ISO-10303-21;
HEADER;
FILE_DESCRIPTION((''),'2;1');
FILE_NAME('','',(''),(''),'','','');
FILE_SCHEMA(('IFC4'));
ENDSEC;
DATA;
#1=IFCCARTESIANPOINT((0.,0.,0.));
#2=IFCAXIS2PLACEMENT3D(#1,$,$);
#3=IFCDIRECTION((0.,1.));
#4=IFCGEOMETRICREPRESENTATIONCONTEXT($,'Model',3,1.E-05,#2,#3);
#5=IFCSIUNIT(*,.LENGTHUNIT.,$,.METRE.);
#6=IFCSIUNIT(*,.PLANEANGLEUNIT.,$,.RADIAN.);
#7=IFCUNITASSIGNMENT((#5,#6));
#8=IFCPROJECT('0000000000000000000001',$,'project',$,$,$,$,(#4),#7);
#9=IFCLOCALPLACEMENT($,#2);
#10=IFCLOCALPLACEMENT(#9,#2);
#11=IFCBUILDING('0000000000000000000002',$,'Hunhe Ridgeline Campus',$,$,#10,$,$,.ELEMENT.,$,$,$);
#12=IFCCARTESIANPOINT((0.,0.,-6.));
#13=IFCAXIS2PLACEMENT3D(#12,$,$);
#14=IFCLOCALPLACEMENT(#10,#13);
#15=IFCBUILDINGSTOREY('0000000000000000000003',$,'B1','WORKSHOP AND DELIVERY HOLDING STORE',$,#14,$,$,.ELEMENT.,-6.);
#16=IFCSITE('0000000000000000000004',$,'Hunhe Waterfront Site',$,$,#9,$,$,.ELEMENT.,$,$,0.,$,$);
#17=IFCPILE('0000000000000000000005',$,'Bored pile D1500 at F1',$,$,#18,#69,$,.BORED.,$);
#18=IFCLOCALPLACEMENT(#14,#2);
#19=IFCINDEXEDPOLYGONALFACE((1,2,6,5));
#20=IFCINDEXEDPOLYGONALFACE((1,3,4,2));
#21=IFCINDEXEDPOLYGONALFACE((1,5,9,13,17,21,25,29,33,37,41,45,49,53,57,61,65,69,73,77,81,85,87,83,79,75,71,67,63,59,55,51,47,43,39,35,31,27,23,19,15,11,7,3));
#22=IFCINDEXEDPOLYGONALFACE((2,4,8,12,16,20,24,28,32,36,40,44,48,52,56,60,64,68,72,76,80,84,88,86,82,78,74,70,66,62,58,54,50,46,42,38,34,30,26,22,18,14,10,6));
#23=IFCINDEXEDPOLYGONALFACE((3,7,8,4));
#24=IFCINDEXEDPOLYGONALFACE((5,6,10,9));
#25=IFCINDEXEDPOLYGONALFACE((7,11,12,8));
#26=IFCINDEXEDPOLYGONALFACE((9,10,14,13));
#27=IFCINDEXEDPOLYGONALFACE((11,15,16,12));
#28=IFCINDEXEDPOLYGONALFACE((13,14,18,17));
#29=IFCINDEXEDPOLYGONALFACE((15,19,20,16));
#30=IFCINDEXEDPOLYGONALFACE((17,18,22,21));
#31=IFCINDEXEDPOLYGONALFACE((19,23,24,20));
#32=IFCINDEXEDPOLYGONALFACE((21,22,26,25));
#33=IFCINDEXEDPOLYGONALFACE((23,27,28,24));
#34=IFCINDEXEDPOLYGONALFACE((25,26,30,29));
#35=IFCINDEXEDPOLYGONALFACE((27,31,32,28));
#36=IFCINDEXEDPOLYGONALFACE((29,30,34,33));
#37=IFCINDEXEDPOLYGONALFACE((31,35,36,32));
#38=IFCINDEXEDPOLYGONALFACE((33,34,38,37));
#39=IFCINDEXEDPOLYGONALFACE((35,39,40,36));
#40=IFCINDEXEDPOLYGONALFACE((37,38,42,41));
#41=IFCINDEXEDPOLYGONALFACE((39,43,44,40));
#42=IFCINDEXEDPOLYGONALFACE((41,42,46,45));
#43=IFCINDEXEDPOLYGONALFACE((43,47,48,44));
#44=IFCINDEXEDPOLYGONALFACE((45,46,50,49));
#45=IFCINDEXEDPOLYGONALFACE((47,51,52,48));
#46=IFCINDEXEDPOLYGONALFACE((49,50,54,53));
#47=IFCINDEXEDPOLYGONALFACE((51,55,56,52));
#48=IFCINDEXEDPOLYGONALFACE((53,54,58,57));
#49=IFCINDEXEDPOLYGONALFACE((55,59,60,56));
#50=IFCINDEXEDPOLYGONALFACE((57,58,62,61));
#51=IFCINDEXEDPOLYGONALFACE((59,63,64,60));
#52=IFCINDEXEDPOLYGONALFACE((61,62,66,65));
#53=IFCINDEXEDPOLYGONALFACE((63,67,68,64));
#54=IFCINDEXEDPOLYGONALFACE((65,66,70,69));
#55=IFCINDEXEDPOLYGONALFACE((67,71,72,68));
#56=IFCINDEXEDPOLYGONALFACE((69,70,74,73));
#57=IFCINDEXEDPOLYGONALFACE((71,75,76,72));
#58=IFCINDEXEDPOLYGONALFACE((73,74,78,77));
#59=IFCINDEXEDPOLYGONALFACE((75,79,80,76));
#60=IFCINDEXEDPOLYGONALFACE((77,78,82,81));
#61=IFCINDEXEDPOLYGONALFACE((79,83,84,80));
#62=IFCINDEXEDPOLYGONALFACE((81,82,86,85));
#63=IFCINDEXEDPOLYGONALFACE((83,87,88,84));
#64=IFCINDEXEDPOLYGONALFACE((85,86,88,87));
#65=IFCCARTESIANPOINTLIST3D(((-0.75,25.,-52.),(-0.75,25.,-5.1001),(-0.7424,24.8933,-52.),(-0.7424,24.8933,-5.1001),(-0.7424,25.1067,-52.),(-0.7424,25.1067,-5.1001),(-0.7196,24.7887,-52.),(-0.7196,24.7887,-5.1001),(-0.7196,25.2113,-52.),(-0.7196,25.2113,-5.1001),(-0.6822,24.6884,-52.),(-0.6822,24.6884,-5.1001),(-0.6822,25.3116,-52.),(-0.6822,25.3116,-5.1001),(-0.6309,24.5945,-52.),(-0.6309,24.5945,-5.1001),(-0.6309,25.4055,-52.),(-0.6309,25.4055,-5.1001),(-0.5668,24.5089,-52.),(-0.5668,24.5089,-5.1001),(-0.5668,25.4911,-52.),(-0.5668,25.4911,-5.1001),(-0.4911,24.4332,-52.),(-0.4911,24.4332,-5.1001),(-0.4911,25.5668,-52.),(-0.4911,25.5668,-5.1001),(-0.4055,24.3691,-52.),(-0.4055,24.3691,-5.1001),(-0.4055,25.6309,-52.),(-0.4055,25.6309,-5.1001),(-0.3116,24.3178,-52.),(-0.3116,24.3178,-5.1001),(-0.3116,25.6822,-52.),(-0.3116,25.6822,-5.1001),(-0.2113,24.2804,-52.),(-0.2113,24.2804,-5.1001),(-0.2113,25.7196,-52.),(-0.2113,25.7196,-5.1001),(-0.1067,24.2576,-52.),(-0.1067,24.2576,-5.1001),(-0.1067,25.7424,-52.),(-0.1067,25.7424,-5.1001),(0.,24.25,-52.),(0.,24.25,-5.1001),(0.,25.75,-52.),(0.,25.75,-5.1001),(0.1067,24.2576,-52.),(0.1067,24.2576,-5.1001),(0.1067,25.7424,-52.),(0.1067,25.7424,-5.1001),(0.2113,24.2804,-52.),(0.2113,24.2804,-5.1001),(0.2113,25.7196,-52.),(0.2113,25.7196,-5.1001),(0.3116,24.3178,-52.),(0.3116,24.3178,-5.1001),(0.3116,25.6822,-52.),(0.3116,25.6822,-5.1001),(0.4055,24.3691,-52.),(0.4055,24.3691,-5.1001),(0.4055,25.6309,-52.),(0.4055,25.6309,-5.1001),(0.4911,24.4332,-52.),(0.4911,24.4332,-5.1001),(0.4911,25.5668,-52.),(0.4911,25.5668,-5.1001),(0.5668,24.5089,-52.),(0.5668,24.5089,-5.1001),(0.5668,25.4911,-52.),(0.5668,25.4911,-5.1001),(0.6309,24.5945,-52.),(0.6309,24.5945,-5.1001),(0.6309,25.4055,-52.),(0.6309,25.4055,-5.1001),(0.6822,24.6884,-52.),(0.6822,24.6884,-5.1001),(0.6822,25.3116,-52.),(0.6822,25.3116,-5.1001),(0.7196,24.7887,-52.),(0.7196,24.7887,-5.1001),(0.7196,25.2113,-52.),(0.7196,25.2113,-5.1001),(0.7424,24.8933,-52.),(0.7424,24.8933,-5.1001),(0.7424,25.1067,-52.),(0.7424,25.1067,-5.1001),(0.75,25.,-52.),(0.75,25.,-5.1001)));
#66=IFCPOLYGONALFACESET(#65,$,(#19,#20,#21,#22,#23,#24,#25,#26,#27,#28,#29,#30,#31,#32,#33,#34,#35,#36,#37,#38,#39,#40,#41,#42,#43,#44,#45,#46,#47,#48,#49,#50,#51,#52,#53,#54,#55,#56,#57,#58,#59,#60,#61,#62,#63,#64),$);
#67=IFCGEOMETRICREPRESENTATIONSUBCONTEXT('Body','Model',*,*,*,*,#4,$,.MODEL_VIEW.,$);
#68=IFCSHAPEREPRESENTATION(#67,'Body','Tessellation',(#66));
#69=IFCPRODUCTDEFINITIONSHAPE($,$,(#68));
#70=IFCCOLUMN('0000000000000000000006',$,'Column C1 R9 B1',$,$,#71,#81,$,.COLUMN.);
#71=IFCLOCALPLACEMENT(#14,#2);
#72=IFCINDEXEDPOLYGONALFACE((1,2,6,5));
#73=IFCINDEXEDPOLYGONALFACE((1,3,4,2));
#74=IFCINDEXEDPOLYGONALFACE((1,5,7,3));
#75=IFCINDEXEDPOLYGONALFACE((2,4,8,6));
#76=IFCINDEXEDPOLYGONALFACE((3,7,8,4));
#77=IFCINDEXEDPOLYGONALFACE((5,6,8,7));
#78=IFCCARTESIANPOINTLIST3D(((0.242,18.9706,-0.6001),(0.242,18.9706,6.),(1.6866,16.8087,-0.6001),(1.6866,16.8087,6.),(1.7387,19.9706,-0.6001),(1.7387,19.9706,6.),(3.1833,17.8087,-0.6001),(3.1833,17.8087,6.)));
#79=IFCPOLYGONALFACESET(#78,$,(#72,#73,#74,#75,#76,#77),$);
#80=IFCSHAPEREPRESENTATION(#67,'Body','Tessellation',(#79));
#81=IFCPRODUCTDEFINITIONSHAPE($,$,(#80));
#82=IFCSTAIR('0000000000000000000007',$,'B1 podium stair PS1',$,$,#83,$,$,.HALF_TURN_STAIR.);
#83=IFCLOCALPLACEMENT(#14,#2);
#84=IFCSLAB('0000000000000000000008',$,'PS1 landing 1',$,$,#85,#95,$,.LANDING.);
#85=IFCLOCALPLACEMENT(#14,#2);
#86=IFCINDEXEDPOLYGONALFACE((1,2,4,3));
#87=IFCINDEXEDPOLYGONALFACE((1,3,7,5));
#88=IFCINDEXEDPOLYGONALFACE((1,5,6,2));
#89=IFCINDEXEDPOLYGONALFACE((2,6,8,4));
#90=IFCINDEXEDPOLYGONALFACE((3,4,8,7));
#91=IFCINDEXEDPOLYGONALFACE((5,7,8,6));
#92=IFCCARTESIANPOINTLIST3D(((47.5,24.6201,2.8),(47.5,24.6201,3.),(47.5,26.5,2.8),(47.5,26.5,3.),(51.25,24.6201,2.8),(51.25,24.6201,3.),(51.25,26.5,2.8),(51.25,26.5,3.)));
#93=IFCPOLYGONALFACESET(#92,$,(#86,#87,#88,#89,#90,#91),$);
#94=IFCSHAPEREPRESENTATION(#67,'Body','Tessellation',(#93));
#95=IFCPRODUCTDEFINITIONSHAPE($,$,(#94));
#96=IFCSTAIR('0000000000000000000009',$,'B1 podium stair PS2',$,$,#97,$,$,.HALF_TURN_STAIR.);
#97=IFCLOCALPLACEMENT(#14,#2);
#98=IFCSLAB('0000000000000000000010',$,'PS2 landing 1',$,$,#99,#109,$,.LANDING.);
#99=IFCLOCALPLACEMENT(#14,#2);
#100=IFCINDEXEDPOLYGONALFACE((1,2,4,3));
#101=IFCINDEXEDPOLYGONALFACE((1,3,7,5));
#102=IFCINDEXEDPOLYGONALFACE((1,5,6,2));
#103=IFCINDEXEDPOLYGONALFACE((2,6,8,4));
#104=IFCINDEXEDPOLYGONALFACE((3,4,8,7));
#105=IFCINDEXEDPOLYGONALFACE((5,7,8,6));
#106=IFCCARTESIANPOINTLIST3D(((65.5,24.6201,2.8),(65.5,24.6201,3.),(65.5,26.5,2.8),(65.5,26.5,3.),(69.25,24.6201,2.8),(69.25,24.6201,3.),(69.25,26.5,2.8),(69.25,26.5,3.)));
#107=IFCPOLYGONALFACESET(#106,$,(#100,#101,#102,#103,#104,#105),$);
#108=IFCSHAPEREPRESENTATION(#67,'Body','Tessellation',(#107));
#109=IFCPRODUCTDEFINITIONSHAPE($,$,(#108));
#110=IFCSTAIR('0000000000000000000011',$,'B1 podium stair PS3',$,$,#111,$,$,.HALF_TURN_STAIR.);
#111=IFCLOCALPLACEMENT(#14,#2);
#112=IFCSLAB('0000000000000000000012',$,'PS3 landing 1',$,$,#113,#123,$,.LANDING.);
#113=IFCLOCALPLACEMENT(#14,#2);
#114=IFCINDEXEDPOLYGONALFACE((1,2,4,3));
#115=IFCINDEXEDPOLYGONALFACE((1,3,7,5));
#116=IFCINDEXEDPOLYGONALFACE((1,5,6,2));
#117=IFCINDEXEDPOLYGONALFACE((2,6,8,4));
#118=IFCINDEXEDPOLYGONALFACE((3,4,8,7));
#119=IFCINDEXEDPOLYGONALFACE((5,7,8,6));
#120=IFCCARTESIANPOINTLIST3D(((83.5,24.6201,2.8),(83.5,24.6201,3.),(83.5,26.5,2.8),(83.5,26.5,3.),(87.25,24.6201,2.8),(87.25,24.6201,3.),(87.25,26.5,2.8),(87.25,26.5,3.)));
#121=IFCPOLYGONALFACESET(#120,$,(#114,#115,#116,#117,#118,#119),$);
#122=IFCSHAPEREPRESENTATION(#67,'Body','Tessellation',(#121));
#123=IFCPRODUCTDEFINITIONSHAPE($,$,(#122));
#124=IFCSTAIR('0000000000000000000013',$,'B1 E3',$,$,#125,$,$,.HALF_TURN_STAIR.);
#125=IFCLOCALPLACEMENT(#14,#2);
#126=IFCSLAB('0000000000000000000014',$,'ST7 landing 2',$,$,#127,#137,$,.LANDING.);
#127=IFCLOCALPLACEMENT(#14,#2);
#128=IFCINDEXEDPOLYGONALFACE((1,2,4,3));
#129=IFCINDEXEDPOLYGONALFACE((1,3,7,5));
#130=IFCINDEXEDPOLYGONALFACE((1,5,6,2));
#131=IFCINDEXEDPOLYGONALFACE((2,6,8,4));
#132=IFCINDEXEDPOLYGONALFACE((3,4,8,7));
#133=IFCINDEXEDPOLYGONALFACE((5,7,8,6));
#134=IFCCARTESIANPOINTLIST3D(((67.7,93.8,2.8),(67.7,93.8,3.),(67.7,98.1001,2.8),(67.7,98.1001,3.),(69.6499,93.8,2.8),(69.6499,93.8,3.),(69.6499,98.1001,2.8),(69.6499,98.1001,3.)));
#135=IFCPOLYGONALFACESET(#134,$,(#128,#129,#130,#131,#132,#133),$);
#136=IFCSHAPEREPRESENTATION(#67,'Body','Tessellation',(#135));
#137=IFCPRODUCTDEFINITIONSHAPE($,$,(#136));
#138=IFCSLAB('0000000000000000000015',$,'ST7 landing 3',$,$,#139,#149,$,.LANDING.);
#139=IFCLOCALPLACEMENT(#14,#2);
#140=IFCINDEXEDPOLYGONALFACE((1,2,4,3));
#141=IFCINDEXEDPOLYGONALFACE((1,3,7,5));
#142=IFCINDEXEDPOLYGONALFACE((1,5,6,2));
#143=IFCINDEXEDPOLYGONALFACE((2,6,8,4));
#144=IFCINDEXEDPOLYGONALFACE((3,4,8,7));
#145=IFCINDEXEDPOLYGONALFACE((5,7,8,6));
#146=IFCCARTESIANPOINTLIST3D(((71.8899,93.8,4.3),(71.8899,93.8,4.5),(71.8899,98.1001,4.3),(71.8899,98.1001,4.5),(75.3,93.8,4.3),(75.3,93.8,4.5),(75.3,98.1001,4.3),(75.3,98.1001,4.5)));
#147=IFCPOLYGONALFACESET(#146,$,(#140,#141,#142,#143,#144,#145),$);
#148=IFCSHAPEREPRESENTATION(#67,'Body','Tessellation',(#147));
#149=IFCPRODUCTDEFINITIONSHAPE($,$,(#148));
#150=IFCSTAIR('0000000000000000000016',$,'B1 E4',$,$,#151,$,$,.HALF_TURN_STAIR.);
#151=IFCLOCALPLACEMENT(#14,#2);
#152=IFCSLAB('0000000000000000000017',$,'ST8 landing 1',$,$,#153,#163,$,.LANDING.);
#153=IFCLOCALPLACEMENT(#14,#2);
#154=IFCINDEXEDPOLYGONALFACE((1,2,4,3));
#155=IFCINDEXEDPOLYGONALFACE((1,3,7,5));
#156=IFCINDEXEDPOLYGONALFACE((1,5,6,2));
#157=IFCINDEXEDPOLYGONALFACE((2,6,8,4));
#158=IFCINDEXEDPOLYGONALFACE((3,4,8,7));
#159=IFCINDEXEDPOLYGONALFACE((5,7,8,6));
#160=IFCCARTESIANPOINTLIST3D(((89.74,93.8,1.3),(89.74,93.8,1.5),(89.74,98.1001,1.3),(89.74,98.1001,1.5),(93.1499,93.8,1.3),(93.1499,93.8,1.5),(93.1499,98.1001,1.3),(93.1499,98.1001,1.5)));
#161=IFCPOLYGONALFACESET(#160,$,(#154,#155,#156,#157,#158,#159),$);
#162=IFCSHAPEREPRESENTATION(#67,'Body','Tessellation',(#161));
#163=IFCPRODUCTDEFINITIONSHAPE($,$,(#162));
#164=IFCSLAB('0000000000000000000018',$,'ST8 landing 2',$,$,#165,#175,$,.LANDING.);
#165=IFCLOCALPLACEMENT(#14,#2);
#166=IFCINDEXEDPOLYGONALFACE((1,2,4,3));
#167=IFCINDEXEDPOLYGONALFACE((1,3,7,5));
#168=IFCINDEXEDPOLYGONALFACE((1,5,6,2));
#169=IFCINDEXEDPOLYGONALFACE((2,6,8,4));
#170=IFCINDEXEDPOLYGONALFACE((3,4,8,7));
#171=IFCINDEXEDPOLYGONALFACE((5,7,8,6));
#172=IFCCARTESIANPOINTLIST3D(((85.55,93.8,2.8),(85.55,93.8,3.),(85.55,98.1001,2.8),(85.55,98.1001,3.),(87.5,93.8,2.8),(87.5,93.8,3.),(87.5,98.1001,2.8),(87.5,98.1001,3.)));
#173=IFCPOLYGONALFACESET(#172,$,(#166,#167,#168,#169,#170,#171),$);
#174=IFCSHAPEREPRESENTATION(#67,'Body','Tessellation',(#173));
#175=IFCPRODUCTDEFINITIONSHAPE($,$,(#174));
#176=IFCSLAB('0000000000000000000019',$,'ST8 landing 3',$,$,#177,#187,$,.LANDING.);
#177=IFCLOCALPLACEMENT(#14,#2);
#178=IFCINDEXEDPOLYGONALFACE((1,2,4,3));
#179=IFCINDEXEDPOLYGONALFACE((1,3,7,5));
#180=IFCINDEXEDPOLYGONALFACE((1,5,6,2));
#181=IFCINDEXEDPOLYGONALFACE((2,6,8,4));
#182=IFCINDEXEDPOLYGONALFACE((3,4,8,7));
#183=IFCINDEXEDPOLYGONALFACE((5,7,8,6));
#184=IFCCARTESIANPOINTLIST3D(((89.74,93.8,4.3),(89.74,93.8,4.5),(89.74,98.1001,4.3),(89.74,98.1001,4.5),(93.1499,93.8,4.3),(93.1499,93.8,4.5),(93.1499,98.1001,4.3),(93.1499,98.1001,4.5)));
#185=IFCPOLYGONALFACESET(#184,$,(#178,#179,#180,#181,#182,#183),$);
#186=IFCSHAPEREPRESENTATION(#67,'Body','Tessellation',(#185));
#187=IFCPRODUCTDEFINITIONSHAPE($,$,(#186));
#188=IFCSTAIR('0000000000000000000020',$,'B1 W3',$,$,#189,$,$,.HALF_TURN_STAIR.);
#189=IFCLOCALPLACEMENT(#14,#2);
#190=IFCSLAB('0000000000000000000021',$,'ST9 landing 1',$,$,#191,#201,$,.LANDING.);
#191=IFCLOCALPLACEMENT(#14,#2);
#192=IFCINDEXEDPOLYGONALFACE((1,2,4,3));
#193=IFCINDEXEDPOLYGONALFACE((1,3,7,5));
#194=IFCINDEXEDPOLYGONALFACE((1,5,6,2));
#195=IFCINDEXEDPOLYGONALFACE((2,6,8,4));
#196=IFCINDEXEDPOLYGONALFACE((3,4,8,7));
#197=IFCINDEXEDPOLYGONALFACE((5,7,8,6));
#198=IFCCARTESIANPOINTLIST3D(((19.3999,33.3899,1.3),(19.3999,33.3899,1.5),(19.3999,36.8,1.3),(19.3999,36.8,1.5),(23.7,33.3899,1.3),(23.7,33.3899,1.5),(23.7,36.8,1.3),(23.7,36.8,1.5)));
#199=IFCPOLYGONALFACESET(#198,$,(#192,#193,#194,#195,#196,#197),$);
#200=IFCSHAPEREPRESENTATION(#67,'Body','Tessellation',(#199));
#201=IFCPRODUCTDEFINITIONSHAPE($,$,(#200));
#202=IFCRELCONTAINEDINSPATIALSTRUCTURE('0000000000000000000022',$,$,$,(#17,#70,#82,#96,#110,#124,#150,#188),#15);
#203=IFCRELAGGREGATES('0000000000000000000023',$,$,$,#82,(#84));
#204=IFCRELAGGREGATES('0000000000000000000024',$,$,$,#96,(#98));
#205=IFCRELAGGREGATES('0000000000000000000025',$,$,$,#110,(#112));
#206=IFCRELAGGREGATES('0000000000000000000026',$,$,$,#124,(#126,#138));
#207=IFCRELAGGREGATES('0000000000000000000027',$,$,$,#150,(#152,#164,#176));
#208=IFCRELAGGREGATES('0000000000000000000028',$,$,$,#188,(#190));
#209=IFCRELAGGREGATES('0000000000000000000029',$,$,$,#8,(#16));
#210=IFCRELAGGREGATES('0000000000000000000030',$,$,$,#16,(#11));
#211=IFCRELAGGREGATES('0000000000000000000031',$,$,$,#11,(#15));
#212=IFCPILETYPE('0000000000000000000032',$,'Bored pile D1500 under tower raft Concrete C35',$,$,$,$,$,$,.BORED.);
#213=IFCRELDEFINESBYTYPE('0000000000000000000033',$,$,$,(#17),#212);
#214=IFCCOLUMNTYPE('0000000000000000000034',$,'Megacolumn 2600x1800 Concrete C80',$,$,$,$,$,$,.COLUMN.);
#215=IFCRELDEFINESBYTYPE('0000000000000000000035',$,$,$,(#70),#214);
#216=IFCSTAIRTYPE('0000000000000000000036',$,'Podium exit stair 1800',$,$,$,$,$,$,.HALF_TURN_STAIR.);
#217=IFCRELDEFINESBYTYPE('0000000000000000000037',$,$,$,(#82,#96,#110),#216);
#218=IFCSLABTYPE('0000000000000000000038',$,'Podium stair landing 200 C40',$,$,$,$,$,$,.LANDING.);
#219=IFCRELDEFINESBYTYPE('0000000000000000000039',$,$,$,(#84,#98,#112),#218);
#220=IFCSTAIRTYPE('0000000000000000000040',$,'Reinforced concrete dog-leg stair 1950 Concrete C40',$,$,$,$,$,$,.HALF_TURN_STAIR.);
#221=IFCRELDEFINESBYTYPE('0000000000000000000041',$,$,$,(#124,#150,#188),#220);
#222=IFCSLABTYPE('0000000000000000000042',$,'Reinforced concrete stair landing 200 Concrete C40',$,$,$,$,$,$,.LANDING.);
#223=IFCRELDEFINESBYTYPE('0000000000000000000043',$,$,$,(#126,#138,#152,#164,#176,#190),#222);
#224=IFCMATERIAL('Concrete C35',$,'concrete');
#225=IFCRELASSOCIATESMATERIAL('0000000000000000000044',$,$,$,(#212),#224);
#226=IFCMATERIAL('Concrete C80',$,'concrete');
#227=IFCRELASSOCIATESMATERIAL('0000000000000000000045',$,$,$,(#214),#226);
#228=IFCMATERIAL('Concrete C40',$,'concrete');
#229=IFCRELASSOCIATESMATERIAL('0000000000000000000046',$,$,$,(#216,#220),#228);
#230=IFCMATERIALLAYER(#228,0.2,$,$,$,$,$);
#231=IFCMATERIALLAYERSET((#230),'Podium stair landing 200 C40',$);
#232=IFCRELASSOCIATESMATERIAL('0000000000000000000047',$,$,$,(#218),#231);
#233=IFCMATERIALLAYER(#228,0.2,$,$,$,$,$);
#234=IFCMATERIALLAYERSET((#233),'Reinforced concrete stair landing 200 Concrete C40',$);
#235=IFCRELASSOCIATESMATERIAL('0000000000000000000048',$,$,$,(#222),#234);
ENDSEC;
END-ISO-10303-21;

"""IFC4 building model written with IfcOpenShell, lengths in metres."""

from ifc_helpers import new_model, si_unit, direction, frame, origin, origin_2d, place, context, subcontext, project, spatial, polyline, rectangle, circle, outline, extrude, material, layer, layer_set, material_profile, profile_set, type_object, element, aggregate, save


model = new_model("IFC4")

# Units and contexts
model_context = context("Model", 3, precision=1e-05, world=origin(), true_north=direction((0.0, 1.0)))
body_context = subcontext(model_context, "Body", "Model", "MODEL_VIEW")
ifc_project = project(units=[si_unit("LENGTHUNIT", "METRE"), si_unit("PLANEANGLEUNIT", "RADIAN")], contexts=[model_context])

# Site, building, storey
site_placement = place(None, origin())
site = spatial("IfcSite", under=ifc_project, at=site_placement, Name="Hunhe Waterfront Site", CompositionType="ELEMENT", RefElevation=0.0)
building_placement = place(site_placement, origin())
building = spatial("IfcBuilding", under=site, at=building_placement, Name="Hunhe Ridgeline Campus", CompositionType="ELEMENT")
storey_placement = place(building_placement, frame((0.0, 0.0, -6.0)))
storey = spatial("IfcBuildingStorey", under=building, at=storey_placement, Name="B1", Description="WORKSHOP AND DELIVERY HOLDING STORE", CompositionType="ELEMENT", Elevation=-6.0)

# Pile
ifc_material_1 = material(Name="Concrete C35", Category="concrete")
ifc_material_profile_1 = material_profile(ifc_material_1, circle(Radius=0.75, at=origin_2d()))
ifc_profile_set_1 = profile_set([ifc_material_profile_1], Name="Concrete C35")
pile_type = type_object("IfcPileType", Name="Bored pile D1500 under tower raft Concrete C35", PredefinedType="BORED", material=ifc_profile_set_1)
pile_placement = place(storey_placement, frame((0.0, 25.0, -5.1001), z_axis=(0.0, 0.0, -1.0), x_axis=(1.0, 0.0, 0.0)))
element("IfcPile", 1, at=pile_placement, inside=storey, type_object=pile_type, Name="Bored pile D1500 at F1", PredefinedType="BORED", context=body_context, shape_type="SweptSolid", body=[
    extrude(circle(Radius=0.75, at=origin_2d()), origin(), (0.0, 0.0, 1.0), 46.8999),
])

# Column
ifc_material_2 = material(Name="Concrete C80", Category="concrete")
ifc_material_profile_2 = material_profile(ifc_material_2, rectangle(XDim=2.6001, YDim=1.8, at=origin_2d()))
ifc_profile_set_2 = profile_set([ifc_material_profile_2], Name="Concrete C80")
column_type = type_object("IfcColumnType", Name="Megacolumn 2600x1800 Concrete C80", PredefinedType="COLUMN", material=ifc_profile_set_2)
column_placement = place(storey_placement, frame((1.7126, 18.3896, -0.6001), z_axis=(0.0, 0.0, 1.0), x_axis=(-0.55557, 0.83147, 0.0)))
element("IfcColumn", 2, at=column_placement, inside=storey, type_object=column_type, Name="Column C1 R9 B1", PredefinedType="COLUMN", context=body_context, shape_type="SweptSolid", body=[
    extrude(rectangle(XDim=2.6001, YDim=1.8, at=origin_2d()), origin(), (0.0, 0.0, 1.0), 6.6001),
])

# Stairs, slabs
ifc_material_3 = material(Name="Concrete C40", Category="concrete")
stair_type_1 = type_object("IfcStairType", Name="Podium exit stair 1800", PredefinedType="HALF_TURN_STAIR", material=ifc_material_3)
stair_1_placement = place(storey_placement, origin())
stair_1 = element("IfcStair", 3, at=stair_1_placement, inside=storey, type_object=stair_type_1, Name="B1 podium stair PS1", PredefinedType="HALF_TURN_STAIR")
ifc_layer_1 = layer(ifc_material_3, 0.2)
ifc_layer_set_1 = layer_set([ifc_layer_1], Name="Podium stair landing 200 C40")
slab_type_1 = type_object("IfcSlabType", Name="Podium stair landing 200 C40", PredefinedType="LANDING", material=ifc_layer_set_1)
slab_1_placement = place(storey_placement, frame((0.0, 0.0, 2.8)))
slab_1 = element("IfcSlab", 4, at=slab_1_placement, type_object=slab_type_1, Name="PS1 landing 1", PredefinedType="LANDING", context=body_context, shape_type="SweptSolid", body=[
    extrude(outline(polyline([(51.25, 24.6201), (51.25, 26.5), (47.5, 26.5), (47.5, 24.6201), (51.25, 24.6201)])), origin(), (0.0, 0.0, 1.0), 0.2),
])
aggregate(stair_1, [slab_1])
stair_2_placement = place(storey_placement, origin())
stair_2 = element("IfcStair", 5, at=stair_2_placement, inside=storey, type_object=stair_type_1, Name="B1 podium stair PS2", PredefinedType="HALF_TURN_STAIR")
slab_2_placement = place(storey_placement, frame((0.0, 0.0, 2.8)))
slab_2 = element("IfcSlab", 6, at=slab_2_placement, type_object=slab_type_1, Name="PS2 landing 1", PredefinedType="LANDING", context=body_context, shape_type="SweptSolid", body=[
    extrude(outline(polyline([(69.25, 24.6201), (69.25, 26.5), (65.5, 26.5), (65.5, 24.6201), (69.25, 24.6201)])), origin(), (0.0, 0.0, 1.0), 0.2),
])
aggregate(stair_2, [slab_2])
stair_3_placement = place(storey_placement, origin())
stair_3 = element("IfcStair", 7, at=stair_3_placement, inside=storey, type_object=stair_type_1, Name="B1 podium stair PS3", PredefinedType="HALF_TURN_STAIR")
slab_3_placement = place(storey_placement, frame((0.0, 0.0, 2.8)))
slab_3 = element("IfcSlab", 8, at=slab_3_placement, type_object=slab_type_1, Name="PS3 landing 1", PredefinedType="LANDING", context=body_context, shape_type="SweptSolid", body=[
    extrude(outline(polyline([(87.25, 24.6201), (87.25, 26.5), (83.5, 26.5), (83.5, 24.6201), (87.25, 24.6201)])), origin(), (0.0, 0.0, 1.0), 0.2),
])
aggregate(stair_3, [slab_3])

# Stairs, slabs
stair_type_2 = type_object("IfcStairType", Name="Reinforced concrete dog-leg stair 1950 Concrete C40", PredefinedType="HALF_TURN_STAIR", material=ifc_material_3)
stair_4_placement = place(storey_placement, origin())
stair_4 = element("IfcStair", 9, at=stair_4_placement, inside=storey, type_object=stair_type_2, Name="B1 E3", PredefinedType="HALF_TURN_STAIR")
ifc_layer_2 = layer(ifc_material_3, 0.2)
ifc_layer_set_2 = layer_set([ifc_layer_2], Name="Reinforced concrete stair landing 200 Concrete C40")
slab_type_2 = type_object("IfcSlabType", Name="Reinforced concrete stair landing 200 Concrete C40", PredefinedType="LANDING", material=ifc_layer_set_2)
slab_4_placement = place(storey_placement, frame((0.0, 0.0, 2.8)))
slab_4 = element("IfcSlab", 10, at=slab_4_placement, type_object=slab_type_2, Name="ST7 landing 2", PredefinedType="LANDING", context=body_context, shape_type="SweptSolid", body=[
    extrude(outline(polyline([(67.7, 93.8), (69.6499, 93.8), (69.6499, 98.1001), (67.7, 98.1001), (67.7, 93.8)])), origin(), (0.0, 0.0, 1.0), 0.2),
])
slab_5_placement = place(storey_placement, frame((0.0, 0.0, 4.3)))
slab_5 = element("IfcSlab", 11, at=slab_5_placement, type_object=slab_type_2, Name="ST7 landing 3", PredefinedType="LANDING", context=body_context, shape_type="SweptSolid", body=[
    extrude(outline(polyline([(71.8899, 93.8), (75.3, 93.8), (75.3, 98.1001), (71.8899, 98.1001), (71.8899, 93.8)])), origin(), (0.0, 0.0, 1.0), 0.2),
])
aggregate(stair_4, [slab_4, slab_5])
stair_5_placement = place(storey_placement, origin())
stair_5 = element("IfcStair", 12, at=stair_5_placement, inside=storey, type_object=stair_type_2, Name="B1 E4", PredefinedType="HALF_TURN_STAIR")
slab_6_placement = place(storey_placement, frame((0.0, 0.0, 1.3)))
slab_6 = element("IfcSlab", 13, at=slab_6_placement, type_object=slab_type_2, Name="ST8 landing 1", PredefinedType="LANDING", context=body_context, shape_type="SweptSolid", body=[
    extrude(outline(polyline([(89.74, 93.8), (93.1499, 93.8), (93.1499, 98.1001), (89.74, 98.1001), (89.74, 93.8)])), origin(), (0.0, 0.0, 1.0), 0.2),
])
slab_7_placement = place(storey_placement, frame((0.0, 0.0, 2.8)))
slab_7 = element("IfcSlab", 14, at=slab_7_placement, type_object=slab_type_2, Name="ST8 landing 2", PredefinedType="LANDING", context=body_context, shape_type="SweptSolid", body=[
    extrude(outline(polyline([(85.55, 93.8), (87.5, 93.8), (87.5, 98.1001), (85.55, 98.1001), (85.55, 93.8)])), origin(), (0.0, 0.0, 1.0), 0.2),
])
slab_8_placement = place(storey_placement, frame((0.0, 0.0, 4.3)))
slab_8 = element("IfcSlab", 15, at=slab_8_placement, type_object=slab_type_2, Name="ST8 landing 3", PredefinedType="LANDING", context=body_context, shape_type="SweptSolid", body=[
    extrude(outline(polyline([(89.74, 93.8), (93.1499, 93.8), (93.1499, 98.1001), (89.74, 98.1001), (89.74, 93.8)])), origin(), (0.0, 0.0, 1.0), 0.2),
])
aggregate(stair_5, [slab_6, slab_7, slab_8])
stair_6_placement = place(storey_placement, origin())
stair_6 = element("IfcStair", 16, at=stair_6_placement, inside=storey, type_object=stair_type_2, Name="B1 W3", PredefinedType="HALF_TURN_STAIR")
slab_9_placement = place(storey_placement, frame((0.0, 0.0, 1.3)))
slab_9 = element("IfcSlab", 17, at=slab_9_placement, type_object=slab_type_2, Name="ST9 landing 1", PredefinedType="LANDING", context=body_context, shape_type="SweptSolid", body=[
    extrude(outline(polyline([(23.7, 33.3899), (23.7, 36.8), (19.3999, 36.8), (19.3999, 33.3899), (23.7, 33.3899)])), origin(), (0.0, 0.0, 1.0), 0.2),
])
aggregate(stair_6, [slab_9])

save(model, "model.ifc")
